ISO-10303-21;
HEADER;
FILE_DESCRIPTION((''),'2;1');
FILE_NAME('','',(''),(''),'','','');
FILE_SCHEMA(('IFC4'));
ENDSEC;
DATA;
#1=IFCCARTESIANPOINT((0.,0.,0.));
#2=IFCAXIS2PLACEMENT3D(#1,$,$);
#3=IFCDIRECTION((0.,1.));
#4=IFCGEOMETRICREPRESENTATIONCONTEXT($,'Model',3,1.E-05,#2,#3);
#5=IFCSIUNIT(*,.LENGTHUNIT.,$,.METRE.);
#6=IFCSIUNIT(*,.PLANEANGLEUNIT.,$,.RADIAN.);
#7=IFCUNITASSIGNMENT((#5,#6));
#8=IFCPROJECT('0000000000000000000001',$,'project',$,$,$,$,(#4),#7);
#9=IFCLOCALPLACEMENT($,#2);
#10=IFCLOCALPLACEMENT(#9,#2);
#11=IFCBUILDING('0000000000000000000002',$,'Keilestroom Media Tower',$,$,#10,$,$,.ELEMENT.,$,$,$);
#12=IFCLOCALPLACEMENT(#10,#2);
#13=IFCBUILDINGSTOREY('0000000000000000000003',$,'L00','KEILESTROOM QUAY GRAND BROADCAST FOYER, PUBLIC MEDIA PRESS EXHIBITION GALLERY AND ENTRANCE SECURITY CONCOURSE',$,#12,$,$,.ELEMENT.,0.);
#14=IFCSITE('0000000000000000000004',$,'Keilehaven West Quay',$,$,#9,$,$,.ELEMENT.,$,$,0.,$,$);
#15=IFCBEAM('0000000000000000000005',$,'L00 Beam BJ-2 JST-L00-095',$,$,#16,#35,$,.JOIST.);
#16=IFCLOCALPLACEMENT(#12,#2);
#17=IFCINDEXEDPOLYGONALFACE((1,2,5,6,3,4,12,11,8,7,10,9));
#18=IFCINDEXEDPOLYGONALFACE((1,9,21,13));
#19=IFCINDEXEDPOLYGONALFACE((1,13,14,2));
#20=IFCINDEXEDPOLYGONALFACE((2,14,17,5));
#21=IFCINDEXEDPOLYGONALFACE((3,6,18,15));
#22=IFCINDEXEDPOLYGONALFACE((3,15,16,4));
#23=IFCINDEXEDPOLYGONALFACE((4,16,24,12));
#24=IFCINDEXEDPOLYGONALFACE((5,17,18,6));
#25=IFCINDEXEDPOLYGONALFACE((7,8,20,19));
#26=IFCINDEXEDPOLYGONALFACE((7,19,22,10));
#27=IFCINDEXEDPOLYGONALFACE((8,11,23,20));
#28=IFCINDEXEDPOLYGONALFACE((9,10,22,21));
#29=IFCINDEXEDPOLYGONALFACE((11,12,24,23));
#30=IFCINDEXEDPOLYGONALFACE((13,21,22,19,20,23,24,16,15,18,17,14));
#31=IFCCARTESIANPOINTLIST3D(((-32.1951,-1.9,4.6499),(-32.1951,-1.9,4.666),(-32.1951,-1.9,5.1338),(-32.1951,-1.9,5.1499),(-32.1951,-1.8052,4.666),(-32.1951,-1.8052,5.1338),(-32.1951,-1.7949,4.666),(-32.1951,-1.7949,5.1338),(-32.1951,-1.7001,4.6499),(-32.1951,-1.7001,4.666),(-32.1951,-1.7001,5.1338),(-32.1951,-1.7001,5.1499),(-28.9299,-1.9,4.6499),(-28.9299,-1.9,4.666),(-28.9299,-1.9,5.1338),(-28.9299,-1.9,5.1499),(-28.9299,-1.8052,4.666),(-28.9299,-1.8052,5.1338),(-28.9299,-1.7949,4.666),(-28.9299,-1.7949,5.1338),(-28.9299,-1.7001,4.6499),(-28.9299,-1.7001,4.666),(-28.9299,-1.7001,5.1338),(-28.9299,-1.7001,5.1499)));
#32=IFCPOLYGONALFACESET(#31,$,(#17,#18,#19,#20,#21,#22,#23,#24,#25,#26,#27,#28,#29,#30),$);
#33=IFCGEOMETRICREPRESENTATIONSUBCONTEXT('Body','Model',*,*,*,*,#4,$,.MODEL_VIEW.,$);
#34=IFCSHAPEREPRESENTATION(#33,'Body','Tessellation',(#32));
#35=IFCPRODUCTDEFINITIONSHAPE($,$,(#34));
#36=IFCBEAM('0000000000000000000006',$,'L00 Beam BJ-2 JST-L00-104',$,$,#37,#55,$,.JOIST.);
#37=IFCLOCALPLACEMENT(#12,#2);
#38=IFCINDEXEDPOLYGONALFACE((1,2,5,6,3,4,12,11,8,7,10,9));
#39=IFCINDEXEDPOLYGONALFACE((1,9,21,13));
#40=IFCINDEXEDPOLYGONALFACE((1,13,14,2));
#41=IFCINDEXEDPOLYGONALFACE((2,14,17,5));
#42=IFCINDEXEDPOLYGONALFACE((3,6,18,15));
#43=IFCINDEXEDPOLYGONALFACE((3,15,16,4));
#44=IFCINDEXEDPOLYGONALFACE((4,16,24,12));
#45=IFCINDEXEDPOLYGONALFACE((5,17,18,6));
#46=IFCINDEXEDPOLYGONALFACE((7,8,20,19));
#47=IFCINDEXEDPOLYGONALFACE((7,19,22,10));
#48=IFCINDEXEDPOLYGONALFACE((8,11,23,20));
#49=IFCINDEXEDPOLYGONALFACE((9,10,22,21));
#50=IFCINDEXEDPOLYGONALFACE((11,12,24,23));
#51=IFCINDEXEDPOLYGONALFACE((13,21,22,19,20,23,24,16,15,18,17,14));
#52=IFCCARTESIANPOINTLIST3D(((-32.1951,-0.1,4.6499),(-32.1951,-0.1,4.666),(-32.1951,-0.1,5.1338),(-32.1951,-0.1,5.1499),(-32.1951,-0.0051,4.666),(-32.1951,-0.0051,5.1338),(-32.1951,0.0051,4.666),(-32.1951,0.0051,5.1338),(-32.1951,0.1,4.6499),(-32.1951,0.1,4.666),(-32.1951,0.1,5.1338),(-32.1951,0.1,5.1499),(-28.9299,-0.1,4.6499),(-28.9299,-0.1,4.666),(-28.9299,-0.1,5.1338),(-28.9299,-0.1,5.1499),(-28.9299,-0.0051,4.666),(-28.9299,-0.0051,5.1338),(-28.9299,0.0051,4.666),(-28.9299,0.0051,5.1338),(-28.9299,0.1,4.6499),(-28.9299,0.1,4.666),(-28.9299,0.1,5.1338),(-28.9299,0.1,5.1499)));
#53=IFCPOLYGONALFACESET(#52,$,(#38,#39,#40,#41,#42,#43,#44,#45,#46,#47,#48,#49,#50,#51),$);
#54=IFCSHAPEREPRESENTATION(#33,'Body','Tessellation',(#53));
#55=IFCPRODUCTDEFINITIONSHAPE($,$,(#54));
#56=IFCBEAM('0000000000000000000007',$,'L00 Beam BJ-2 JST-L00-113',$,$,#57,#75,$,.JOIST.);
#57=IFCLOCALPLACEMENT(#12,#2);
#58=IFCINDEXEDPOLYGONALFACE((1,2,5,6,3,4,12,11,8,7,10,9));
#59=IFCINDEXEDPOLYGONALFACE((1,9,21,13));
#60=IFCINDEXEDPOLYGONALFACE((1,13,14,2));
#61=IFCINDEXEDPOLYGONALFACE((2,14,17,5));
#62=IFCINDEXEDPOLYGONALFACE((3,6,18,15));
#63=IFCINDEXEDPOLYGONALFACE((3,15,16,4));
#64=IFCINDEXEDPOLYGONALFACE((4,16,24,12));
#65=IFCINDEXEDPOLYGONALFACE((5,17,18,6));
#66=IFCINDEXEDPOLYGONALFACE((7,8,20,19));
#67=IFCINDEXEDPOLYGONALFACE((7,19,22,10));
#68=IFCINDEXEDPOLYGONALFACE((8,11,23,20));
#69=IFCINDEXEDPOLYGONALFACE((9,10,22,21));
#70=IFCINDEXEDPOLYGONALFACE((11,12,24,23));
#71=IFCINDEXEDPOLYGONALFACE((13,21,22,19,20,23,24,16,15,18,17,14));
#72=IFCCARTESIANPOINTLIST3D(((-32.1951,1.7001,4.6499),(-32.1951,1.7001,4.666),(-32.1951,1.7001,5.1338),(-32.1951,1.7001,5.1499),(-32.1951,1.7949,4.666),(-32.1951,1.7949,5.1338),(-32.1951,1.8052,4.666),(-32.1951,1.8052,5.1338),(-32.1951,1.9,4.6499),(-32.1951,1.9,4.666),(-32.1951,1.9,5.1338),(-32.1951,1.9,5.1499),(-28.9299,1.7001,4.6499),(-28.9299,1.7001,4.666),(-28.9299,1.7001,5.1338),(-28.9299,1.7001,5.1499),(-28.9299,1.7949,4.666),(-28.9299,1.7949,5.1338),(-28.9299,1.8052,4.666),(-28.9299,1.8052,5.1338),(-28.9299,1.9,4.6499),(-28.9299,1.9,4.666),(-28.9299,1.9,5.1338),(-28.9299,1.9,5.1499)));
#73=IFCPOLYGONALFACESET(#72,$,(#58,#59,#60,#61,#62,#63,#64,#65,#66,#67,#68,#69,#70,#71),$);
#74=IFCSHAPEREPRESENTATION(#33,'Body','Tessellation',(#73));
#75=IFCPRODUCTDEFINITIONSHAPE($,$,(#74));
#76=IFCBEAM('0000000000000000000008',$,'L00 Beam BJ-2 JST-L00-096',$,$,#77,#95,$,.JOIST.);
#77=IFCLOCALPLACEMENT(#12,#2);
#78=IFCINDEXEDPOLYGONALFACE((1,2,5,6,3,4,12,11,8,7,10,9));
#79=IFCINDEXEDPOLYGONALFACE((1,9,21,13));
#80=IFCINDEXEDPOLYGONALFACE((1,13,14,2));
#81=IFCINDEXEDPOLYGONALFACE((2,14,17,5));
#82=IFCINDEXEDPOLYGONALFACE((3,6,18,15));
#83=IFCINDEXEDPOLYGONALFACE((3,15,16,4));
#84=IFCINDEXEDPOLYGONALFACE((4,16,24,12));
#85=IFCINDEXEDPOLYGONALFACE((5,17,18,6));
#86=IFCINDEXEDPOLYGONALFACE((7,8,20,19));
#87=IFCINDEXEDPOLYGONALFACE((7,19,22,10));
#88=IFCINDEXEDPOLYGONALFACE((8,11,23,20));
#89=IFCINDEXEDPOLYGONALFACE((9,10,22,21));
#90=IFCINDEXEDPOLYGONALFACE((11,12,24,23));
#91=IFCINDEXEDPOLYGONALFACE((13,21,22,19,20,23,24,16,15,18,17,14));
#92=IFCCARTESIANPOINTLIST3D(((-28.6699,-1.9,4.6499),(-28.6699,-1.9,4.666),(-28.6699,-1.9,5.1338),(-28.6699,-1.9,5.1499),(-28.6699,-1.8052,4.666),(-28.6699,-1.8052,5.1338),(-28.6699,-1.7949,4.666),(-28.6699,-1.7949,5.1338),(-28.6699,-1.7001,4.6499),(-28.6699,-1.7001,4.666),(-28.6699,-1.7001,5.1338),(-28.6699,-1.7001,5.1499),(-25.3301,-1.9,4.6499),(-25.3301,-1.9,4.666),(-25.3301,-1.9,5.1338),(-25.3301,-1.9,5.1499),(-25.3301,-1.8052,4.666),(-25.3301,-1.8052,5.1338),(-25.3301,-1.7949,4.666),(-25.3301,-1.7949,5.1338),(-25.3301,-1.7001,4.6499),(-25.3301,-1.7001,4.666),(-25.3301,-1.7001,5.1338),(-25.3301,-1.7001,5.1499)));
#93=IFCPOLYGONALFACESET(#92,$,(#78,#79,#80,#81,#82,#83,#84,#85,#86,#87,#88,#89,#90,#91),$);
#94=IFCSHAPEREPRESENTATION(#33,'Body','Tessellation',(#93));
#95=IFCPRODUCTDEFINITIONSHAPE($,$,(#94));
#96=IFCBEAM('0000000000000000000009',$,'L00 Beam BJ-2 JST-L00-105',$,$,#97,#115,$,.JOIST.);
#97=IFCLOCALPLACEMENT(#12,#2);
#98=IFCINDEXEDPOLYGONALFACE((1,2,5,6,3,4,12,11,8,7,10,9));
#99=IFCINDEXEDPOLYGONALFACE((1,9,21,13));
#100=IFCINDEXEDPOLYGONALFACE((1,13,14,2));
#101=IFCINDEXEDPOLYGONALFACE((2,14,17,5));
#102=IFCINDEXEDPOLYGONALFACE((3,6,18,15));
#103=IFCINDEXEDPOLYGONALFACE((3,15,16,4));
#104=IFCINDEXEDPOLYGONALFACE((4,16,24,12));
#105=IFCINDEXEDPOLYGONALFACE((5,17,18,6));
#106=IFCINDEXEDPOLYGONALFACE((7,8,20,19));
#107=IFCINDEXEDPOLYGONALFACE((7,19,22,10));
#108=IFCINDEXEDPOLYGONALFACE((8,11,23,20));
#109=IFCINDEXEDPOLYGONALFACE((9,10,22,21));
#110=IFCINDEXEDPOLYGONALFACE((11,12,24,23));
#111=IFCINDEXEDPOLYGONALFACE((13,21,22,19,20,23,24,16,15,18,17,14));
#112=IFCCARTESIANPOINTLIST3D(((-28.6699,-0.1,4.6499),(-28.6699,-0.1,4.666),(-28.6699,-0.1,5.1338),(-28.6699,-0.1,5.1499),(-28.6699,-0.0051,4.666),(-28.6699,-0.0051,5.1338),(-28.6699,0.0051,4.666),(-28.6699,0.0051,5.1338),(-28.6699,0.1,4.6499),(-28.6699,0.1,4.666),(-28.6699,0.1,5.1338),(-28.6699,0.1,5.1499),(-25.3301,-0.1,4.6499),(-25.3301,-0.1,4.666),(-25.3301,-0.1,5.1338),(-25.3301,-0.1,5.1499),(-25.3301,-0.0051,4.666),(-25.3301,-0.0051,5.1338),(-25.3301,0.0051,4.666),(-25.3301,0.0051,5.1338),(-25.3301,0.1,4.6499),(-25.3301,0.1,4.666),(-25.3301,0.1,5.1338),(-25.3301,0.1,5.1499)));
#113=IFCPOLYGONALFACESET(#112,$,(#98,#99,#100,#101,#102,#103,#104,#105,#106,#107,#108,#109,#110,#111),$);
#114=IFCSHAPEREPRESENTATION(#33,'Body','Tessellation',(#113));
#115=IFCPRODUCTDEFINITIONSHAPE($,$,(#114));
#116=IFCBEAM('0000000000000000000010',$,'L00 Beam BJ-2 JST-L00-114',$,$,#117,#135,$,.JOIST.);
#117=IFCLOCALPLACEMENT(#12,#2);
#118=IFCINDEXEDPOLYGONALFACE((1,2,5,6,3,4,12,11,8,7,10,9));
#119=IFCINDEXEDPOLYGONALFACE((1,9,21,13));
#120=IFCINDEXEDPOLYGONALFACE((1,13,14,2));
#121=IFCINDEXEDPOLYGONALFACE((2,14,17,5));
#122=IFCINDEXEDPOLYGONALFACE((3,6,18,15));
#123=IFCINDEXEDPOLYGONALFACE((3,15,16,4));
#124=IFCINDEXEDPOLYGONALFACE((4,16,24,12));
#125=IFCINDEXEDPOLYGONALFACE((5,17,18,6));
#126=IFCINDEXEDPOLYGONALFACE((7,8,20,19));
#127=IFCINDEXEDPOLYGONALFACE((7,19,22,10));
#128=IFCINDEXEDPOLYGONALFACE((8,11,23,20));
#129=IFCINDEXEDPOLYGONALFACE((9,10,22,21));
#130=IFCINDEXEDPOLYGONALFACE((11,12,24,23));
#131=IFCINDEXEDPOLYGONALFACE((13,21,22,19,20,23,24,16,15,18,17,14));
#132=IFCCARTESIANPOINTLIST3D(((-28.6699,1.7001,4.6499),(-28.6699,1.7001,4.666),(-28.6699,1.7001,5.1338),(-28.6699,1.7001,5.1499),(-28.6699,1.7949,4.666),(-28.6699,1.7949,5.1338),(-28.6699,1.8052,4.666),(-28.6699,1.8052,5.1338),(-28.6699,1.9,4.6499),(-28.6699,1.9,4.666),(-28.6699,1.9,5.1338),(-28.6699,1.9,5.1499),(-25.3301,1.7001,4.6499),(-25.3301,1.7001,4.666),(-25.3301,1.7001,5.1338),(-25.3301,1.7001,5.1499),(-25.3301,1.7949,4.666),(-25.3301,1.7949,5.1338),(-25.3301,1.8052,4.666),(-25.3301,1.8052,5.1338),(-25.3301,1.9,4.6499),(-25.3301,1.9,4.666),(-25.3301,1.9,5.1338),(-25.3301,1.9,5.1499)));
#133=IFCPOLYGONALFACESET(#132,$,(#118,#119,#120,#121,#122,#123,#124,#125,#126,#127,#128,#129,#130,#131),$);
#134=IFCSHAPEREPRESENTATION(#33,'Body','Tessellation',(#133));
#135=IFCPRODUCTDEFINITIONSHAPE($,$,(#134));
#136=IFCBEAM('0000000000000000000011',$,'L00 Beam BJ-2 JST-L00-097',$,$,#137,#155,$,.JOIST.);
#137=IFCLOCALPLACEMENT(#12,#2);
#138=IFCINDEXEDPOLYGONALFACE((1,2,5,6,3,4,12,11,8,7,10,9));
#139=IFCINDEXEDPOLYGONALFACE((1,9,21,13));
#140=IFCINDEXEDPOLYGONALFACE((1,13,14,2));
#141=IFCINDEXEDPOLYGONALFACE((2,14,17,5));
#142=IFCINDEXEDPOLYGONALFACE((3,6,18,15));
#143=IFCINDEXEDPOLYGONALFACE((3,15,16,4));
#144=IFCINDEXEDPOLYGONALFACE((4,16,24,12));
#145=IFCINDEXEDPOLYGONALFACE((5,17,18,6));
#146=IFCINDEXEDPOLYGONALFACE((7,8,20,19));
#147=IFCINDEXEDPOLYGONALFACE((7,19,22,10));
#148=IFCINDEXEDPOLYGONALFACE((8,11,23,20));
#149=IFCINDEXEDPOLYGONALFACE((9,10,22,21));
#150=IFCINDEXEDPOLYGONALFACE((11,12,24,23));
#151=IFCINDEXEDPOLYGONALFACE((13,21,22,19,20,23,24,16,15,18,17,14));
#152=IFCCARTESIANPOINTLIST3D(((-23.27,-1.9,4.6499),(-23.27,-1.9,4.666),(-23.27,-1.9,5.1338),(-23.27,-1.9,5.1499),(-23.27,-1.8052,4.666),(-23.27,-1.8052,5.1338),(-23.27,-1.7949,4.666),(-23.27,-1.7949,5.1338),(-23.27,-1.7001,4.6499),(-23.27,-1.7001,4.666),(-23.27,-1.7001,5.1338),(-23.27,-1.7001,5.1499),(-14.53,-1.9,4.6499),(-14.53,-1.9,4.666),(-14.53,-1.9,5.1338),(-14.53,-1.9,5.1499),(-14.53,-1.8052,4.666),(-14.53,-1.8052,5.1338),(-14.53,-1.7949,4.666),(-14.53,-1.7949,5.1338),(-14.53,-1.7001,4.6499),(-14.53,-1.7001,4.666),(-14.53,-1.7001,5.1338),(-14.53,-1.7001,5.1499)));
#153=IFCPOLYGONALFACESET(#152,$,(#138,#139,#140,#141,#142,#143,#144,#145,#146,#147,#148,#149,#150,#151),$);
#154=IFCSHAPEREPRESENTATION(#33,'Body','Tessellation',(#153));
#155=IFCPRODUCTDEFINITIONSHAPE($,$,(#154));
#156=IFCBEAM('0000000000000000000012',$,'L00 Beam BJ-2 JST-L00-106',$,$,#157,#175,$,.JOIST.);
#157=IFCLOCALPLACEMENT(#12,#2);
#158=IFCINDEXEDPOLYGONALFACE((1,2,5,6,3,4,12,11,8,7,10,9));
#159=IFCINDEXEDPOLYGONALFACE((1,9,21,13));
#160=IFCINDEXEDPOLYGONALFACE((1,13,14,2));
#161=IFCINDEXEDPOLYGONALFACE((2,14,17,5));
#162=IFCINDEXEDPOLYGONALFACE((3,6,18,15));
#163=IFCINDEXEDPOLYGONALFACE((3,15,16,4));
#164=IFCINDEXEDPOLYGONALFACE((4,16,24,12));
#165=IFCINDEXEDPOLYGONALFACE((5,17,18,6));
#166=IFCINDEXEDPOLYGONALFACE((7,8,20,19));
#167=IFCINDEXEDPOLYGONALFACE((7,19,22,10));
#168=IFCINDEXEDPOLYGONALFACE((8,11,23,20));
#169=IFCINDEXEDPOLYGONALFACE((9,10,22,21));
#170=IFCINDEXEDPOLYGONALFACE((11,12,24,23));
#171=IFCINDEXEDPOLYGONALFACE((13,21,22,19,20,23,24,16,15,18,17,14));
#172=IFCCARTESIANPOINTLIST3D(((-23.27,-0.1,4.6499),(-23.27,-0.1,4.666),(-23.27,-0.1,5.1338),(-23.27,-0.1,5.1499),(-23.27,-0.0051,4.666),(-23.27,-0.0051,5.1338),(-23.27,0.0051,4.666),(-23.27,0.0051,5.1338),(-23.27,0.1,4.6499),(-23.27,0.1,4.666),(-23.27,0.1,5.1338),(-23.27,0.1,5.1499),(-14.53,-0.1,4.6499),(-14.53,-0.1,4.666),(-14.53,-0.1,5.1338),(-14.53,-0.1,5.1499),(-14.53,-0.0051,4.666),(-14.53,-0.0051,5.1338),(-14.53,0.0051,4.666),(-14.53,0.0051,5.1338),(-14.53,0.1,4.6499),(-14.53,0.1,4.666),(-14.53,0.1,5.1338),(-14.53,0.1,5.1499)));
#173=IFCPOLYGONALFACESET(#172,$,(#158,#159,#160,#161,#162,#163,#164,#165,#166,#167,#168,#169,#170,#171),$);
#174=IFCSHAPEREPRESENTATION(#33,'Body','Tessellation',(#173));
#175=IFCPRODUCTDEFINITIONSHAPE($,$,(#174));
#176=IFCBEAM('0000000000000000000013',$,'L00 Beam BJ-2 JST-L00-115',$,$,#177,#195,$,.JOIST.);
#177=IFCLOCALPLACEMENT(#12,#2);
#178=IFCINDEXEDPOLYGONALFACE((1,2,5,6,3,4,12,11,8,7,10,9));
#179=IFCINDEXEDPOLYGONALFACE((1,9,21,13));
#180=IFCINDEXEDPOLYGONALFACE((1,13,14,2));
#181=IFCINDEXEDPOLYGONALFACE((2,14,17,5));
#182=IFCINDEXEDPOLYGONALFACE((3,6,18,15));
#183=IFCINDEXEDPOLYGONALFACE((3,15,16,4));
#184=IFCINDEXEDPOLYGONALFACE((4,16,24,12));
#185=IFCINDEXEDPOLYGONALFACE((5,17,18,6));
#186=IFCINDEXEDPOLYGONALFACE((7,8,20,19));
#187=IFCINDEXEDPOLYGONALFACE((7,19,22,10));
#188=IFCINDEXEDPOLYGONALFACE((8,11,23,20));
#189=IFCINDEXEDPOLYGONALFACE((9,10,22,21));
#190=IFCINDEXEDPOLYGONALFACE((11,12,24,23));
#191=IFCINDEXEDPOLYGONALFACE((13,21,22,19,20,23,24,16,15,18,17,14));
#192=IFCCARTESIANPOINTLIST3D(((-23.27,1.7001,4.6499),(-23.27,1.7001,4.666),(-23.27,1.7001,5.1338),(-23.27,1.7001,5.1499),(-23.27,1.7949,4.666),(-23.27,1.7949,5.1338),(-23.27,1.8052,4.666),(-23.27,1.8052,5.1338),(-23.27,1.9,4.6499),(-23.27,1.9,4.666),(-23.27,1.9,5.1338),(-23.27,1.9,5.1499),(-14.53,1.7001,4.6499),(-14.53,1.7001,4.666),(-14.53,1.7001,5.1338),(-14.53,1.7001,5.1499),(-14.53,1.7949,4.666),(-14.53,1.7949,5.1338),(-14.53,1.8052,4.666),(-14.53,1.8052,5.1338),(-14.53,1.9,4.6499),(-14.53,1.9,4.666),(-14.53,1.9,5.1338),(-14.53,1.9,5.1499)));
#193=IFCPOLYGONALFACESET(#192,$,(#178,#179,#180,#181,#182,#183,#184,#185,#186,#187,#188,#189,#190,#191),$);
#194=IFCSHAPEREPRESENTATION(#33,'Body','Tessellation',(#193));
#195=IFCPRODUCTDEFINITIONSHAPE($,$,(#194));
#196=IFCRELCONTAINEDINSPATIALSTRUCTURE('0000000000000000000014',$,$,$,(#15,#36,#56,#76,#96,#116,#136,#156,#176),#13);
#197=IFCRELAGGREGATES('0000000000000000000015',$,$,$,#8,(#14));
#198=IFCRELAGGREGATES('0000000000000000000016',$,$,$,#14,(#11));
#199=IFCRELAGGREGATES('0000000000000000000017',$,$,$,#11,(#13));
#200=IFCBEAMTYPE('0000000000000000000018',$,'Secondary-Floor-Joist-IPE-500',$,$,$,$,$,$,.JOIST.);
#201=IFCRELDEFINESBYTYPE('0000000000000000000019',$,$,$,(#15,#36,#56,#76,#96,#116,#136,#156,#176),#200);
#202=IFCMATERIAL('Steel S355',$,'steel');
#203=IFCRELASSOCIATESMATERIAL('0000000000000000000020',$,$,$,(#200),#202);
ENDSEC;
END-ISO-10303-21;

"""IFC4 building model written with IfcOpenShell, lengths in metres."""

from ifc_helpers import new_model, si_unit, direction, frame, origin, origin_2d, place, context, subcontext, project, spatial, i_section, extrude, source, transform, mapped, material, material_profile, profile_set, type_object, element, save


model = new_model("IFC4")

# Units and contexts
model_context = context("Model", 3, precision=1e-05, world=origin(), true_north=direction((0.0, 1.0)))
body_context = subcontext(model_context, "Body", "Model", "MODEL_VIEW")
ifc_project = project(units=[si_unit("LENGTHUNIT", "METRE"), si_unit("PLANEANGLEUNIT", "RADIAN")], contexts=[model_context])

# Site, building, storey
site_placement = place(None, origin())
site = spatial("IfcSite", under=ifc_project, at=site_placement, Name="Keilehaven West Quay", CompositionType="ELEMENT", RefElevation=0.0)
building_placement = place(site_placement, origin())
building = spatial("IfcBuilding", under=site, at=building_placement, Name="Keilestroom Media Tower", CompositionType="ELEMENT")
storey_placement = place(building_placement, origin())
storey = spatial("IfcBuildingStorey", under=building, at=storey_placement, Name="L00", Description="KEILESTROOM QUAY GRAND BROADCAST FOYER, PUBLIC MEDIA PRESS EXHIBITION GALLERY AND ENTRANCE SECURITY CONCOURSE", CompositionType="ELEMENT", Elevation=0.0)

# Beams
ifc_material_1 = material(Name="Steel S355", Category="steel")
ifc_material_profile_1 = material_profile(ifc_material_1, i_section(OverallWidth=0.2, OverallDepth=0.5, WebThickness=0.0103, FlangeThickness=0.0161, at=origin_2d()), Name="IPE 500")
ifc_profile_set_1 = profile_set([ifc_material_profile_1], Name="Steel S355")
beam_type_1 = type_object("IfcBeamType", Name="Secondary-Floor-Joist-IPE-500", PredefinedType="JOIST", material=ifc_profile_set_1)
shared_shape_1 = source(origin(), body_context, "Body", "SweptSolid", [
    extrude(i_section(OverallWidth=0.2, OverallDepth=0.5, WebThickness=0.0103, FlangeThickness=0.0161, at=origin_2d()), origin(), (0.0, 0.0, 1.0), 3.2651),
])
for number, where, z_axis, x_axis, name in (
    (1, (-32.1951, -1.8, 4.8999), (1.0, 0.0, 0.0), (0.0, 1.0, 0.0), "L00 Beam BJ-2 JST-L00-095"),
    (2, (-32.1951, 0.0, 4.8999), (1.0, 0.0, 0.0), (0.0, 1.0, 0.0), "L00 Beam BJ-2 JST-L00-104"),
    (3, (-32.1951, 1.8, 4.8999), (1.0, 0.0, 0.0), (0.0, 1.0, 0.0), "L00 Beam BJ-2 JST-L00-113"),
):
    element("IfcBeam", number, at=place(storey_placement, frame(where, z_axis=z_axis, x_axis=x_axis)), inside=storey, type_object=beam_type_1, Name=name, PredefinedType="JOIST", context=body_context, shape_type="MappedRepresentation", body=[
        mapped(shared_shape_1, transform((0.0, 0.0, 0.0), x_axis=(1.0, 0.0, 0.0), y_axis=(0.0, 1.0, 0.0), z_axis=(0.0, 0.0, 1.0), scale=1.0)),
    ])
shared_shape_2 = source(origin(), body_context, "Body", "SweptSolid", [
    extrude(i_section(OverallWidth=0.2, OverallDepth=0.5, WebThickness=0.0103, FlangeThickness=0.0161, at=origin_2d()), origin(), (0.0, 0.0, 1.0), 3.3398),
])
for number, where, z_axis, x_axis, name in (
    (4, (-28.6699, -1.8, 4.8999), (1.0, 0.0, 0.0), (0.0, 1.0, 0.0), "L00 Beam BJ-2 JST-L00-096"),
    (5, (-28.6699, 0.0, 4.8999), (1.0, 0.0, 0.0), (0.0, 1.0, 0.0), "L00 Beam BJ-2 JST-L00-105"),
    (6, (-28.6699, 1.8, 4.8999), (1.0, 0.0, 0.0), (0.0, 1.0, 0.0), "L00 Beam BJ-2 JST-L00-114"),
):
    element("IfcBeam", number, at=place(storey_placement, frame(where, z_axis=z_axis, x_axis=x_axis)), inside=storey, type_object=beam_type_1, Name=name, PredefinedType="JOIST", context=body_context, shape_type="MappedRepresentation", body=[
        mapped(shared_shape_2, transform((0.0, 0.0, 0.0), x_axis=(1.0, 0.0, 0.0), y_axis=(0.0, 1.0, 0.0), z_axis=(0.0, 0.0, 1.0), scale=1.0)),
    ])
shared_shape_3 = source(origin(), body_context, "Body", "SweptSolid", [
    extrude(i_section(OverallWidth=0.2, OverallDepth=0.5, WebThickness=0.0103, FlangeThickness=0.0161, at=origin_2d()), origin(), (0.0, 0.0, 1.0), 8.74),
])
for number, where, z_axis, x_axis, name in (
    (7, (-23.27, -1.8, 4.8999), (1.0, 0.0, 0.0), (0.0, 1.0, 0.0), "L00 Beam BJ-2 JST-L00-097"),
    (8, (-23.27, 0.0, 4.8999), (1.0, 0.0, 0.0), (0.0, 1.0, 0.0), "L00 Beam BJ-2 JST-L00-106"),
    (9, (-23.27, 1.8, 4.8999), (1.0, 0.0, 0.0), (0.0, 1.0, 0.0), "L00 Beam BJ-2 JST-L00-115"),
):
    element("IfcBeam", number, at=place(storey_placement, frame(where, z_axis=z_axis, x_axis=x_axis)), inside=storey, type_object=beam_type_1, Name=name, PredefinedType="JOIST", context=body_context, shape_type="MappedRepresentation", body=[
        mapped(shared_shape_3, transform((0.0, 0.0, 0.0), x_axis=(1.0, 0.0, 0.0), y_axis=(0.0, 1.0, 0.0), z_axis=(0.0, 0.0, 1.0), scale=1.0)),
    ])

save(model, "model.ifc")
